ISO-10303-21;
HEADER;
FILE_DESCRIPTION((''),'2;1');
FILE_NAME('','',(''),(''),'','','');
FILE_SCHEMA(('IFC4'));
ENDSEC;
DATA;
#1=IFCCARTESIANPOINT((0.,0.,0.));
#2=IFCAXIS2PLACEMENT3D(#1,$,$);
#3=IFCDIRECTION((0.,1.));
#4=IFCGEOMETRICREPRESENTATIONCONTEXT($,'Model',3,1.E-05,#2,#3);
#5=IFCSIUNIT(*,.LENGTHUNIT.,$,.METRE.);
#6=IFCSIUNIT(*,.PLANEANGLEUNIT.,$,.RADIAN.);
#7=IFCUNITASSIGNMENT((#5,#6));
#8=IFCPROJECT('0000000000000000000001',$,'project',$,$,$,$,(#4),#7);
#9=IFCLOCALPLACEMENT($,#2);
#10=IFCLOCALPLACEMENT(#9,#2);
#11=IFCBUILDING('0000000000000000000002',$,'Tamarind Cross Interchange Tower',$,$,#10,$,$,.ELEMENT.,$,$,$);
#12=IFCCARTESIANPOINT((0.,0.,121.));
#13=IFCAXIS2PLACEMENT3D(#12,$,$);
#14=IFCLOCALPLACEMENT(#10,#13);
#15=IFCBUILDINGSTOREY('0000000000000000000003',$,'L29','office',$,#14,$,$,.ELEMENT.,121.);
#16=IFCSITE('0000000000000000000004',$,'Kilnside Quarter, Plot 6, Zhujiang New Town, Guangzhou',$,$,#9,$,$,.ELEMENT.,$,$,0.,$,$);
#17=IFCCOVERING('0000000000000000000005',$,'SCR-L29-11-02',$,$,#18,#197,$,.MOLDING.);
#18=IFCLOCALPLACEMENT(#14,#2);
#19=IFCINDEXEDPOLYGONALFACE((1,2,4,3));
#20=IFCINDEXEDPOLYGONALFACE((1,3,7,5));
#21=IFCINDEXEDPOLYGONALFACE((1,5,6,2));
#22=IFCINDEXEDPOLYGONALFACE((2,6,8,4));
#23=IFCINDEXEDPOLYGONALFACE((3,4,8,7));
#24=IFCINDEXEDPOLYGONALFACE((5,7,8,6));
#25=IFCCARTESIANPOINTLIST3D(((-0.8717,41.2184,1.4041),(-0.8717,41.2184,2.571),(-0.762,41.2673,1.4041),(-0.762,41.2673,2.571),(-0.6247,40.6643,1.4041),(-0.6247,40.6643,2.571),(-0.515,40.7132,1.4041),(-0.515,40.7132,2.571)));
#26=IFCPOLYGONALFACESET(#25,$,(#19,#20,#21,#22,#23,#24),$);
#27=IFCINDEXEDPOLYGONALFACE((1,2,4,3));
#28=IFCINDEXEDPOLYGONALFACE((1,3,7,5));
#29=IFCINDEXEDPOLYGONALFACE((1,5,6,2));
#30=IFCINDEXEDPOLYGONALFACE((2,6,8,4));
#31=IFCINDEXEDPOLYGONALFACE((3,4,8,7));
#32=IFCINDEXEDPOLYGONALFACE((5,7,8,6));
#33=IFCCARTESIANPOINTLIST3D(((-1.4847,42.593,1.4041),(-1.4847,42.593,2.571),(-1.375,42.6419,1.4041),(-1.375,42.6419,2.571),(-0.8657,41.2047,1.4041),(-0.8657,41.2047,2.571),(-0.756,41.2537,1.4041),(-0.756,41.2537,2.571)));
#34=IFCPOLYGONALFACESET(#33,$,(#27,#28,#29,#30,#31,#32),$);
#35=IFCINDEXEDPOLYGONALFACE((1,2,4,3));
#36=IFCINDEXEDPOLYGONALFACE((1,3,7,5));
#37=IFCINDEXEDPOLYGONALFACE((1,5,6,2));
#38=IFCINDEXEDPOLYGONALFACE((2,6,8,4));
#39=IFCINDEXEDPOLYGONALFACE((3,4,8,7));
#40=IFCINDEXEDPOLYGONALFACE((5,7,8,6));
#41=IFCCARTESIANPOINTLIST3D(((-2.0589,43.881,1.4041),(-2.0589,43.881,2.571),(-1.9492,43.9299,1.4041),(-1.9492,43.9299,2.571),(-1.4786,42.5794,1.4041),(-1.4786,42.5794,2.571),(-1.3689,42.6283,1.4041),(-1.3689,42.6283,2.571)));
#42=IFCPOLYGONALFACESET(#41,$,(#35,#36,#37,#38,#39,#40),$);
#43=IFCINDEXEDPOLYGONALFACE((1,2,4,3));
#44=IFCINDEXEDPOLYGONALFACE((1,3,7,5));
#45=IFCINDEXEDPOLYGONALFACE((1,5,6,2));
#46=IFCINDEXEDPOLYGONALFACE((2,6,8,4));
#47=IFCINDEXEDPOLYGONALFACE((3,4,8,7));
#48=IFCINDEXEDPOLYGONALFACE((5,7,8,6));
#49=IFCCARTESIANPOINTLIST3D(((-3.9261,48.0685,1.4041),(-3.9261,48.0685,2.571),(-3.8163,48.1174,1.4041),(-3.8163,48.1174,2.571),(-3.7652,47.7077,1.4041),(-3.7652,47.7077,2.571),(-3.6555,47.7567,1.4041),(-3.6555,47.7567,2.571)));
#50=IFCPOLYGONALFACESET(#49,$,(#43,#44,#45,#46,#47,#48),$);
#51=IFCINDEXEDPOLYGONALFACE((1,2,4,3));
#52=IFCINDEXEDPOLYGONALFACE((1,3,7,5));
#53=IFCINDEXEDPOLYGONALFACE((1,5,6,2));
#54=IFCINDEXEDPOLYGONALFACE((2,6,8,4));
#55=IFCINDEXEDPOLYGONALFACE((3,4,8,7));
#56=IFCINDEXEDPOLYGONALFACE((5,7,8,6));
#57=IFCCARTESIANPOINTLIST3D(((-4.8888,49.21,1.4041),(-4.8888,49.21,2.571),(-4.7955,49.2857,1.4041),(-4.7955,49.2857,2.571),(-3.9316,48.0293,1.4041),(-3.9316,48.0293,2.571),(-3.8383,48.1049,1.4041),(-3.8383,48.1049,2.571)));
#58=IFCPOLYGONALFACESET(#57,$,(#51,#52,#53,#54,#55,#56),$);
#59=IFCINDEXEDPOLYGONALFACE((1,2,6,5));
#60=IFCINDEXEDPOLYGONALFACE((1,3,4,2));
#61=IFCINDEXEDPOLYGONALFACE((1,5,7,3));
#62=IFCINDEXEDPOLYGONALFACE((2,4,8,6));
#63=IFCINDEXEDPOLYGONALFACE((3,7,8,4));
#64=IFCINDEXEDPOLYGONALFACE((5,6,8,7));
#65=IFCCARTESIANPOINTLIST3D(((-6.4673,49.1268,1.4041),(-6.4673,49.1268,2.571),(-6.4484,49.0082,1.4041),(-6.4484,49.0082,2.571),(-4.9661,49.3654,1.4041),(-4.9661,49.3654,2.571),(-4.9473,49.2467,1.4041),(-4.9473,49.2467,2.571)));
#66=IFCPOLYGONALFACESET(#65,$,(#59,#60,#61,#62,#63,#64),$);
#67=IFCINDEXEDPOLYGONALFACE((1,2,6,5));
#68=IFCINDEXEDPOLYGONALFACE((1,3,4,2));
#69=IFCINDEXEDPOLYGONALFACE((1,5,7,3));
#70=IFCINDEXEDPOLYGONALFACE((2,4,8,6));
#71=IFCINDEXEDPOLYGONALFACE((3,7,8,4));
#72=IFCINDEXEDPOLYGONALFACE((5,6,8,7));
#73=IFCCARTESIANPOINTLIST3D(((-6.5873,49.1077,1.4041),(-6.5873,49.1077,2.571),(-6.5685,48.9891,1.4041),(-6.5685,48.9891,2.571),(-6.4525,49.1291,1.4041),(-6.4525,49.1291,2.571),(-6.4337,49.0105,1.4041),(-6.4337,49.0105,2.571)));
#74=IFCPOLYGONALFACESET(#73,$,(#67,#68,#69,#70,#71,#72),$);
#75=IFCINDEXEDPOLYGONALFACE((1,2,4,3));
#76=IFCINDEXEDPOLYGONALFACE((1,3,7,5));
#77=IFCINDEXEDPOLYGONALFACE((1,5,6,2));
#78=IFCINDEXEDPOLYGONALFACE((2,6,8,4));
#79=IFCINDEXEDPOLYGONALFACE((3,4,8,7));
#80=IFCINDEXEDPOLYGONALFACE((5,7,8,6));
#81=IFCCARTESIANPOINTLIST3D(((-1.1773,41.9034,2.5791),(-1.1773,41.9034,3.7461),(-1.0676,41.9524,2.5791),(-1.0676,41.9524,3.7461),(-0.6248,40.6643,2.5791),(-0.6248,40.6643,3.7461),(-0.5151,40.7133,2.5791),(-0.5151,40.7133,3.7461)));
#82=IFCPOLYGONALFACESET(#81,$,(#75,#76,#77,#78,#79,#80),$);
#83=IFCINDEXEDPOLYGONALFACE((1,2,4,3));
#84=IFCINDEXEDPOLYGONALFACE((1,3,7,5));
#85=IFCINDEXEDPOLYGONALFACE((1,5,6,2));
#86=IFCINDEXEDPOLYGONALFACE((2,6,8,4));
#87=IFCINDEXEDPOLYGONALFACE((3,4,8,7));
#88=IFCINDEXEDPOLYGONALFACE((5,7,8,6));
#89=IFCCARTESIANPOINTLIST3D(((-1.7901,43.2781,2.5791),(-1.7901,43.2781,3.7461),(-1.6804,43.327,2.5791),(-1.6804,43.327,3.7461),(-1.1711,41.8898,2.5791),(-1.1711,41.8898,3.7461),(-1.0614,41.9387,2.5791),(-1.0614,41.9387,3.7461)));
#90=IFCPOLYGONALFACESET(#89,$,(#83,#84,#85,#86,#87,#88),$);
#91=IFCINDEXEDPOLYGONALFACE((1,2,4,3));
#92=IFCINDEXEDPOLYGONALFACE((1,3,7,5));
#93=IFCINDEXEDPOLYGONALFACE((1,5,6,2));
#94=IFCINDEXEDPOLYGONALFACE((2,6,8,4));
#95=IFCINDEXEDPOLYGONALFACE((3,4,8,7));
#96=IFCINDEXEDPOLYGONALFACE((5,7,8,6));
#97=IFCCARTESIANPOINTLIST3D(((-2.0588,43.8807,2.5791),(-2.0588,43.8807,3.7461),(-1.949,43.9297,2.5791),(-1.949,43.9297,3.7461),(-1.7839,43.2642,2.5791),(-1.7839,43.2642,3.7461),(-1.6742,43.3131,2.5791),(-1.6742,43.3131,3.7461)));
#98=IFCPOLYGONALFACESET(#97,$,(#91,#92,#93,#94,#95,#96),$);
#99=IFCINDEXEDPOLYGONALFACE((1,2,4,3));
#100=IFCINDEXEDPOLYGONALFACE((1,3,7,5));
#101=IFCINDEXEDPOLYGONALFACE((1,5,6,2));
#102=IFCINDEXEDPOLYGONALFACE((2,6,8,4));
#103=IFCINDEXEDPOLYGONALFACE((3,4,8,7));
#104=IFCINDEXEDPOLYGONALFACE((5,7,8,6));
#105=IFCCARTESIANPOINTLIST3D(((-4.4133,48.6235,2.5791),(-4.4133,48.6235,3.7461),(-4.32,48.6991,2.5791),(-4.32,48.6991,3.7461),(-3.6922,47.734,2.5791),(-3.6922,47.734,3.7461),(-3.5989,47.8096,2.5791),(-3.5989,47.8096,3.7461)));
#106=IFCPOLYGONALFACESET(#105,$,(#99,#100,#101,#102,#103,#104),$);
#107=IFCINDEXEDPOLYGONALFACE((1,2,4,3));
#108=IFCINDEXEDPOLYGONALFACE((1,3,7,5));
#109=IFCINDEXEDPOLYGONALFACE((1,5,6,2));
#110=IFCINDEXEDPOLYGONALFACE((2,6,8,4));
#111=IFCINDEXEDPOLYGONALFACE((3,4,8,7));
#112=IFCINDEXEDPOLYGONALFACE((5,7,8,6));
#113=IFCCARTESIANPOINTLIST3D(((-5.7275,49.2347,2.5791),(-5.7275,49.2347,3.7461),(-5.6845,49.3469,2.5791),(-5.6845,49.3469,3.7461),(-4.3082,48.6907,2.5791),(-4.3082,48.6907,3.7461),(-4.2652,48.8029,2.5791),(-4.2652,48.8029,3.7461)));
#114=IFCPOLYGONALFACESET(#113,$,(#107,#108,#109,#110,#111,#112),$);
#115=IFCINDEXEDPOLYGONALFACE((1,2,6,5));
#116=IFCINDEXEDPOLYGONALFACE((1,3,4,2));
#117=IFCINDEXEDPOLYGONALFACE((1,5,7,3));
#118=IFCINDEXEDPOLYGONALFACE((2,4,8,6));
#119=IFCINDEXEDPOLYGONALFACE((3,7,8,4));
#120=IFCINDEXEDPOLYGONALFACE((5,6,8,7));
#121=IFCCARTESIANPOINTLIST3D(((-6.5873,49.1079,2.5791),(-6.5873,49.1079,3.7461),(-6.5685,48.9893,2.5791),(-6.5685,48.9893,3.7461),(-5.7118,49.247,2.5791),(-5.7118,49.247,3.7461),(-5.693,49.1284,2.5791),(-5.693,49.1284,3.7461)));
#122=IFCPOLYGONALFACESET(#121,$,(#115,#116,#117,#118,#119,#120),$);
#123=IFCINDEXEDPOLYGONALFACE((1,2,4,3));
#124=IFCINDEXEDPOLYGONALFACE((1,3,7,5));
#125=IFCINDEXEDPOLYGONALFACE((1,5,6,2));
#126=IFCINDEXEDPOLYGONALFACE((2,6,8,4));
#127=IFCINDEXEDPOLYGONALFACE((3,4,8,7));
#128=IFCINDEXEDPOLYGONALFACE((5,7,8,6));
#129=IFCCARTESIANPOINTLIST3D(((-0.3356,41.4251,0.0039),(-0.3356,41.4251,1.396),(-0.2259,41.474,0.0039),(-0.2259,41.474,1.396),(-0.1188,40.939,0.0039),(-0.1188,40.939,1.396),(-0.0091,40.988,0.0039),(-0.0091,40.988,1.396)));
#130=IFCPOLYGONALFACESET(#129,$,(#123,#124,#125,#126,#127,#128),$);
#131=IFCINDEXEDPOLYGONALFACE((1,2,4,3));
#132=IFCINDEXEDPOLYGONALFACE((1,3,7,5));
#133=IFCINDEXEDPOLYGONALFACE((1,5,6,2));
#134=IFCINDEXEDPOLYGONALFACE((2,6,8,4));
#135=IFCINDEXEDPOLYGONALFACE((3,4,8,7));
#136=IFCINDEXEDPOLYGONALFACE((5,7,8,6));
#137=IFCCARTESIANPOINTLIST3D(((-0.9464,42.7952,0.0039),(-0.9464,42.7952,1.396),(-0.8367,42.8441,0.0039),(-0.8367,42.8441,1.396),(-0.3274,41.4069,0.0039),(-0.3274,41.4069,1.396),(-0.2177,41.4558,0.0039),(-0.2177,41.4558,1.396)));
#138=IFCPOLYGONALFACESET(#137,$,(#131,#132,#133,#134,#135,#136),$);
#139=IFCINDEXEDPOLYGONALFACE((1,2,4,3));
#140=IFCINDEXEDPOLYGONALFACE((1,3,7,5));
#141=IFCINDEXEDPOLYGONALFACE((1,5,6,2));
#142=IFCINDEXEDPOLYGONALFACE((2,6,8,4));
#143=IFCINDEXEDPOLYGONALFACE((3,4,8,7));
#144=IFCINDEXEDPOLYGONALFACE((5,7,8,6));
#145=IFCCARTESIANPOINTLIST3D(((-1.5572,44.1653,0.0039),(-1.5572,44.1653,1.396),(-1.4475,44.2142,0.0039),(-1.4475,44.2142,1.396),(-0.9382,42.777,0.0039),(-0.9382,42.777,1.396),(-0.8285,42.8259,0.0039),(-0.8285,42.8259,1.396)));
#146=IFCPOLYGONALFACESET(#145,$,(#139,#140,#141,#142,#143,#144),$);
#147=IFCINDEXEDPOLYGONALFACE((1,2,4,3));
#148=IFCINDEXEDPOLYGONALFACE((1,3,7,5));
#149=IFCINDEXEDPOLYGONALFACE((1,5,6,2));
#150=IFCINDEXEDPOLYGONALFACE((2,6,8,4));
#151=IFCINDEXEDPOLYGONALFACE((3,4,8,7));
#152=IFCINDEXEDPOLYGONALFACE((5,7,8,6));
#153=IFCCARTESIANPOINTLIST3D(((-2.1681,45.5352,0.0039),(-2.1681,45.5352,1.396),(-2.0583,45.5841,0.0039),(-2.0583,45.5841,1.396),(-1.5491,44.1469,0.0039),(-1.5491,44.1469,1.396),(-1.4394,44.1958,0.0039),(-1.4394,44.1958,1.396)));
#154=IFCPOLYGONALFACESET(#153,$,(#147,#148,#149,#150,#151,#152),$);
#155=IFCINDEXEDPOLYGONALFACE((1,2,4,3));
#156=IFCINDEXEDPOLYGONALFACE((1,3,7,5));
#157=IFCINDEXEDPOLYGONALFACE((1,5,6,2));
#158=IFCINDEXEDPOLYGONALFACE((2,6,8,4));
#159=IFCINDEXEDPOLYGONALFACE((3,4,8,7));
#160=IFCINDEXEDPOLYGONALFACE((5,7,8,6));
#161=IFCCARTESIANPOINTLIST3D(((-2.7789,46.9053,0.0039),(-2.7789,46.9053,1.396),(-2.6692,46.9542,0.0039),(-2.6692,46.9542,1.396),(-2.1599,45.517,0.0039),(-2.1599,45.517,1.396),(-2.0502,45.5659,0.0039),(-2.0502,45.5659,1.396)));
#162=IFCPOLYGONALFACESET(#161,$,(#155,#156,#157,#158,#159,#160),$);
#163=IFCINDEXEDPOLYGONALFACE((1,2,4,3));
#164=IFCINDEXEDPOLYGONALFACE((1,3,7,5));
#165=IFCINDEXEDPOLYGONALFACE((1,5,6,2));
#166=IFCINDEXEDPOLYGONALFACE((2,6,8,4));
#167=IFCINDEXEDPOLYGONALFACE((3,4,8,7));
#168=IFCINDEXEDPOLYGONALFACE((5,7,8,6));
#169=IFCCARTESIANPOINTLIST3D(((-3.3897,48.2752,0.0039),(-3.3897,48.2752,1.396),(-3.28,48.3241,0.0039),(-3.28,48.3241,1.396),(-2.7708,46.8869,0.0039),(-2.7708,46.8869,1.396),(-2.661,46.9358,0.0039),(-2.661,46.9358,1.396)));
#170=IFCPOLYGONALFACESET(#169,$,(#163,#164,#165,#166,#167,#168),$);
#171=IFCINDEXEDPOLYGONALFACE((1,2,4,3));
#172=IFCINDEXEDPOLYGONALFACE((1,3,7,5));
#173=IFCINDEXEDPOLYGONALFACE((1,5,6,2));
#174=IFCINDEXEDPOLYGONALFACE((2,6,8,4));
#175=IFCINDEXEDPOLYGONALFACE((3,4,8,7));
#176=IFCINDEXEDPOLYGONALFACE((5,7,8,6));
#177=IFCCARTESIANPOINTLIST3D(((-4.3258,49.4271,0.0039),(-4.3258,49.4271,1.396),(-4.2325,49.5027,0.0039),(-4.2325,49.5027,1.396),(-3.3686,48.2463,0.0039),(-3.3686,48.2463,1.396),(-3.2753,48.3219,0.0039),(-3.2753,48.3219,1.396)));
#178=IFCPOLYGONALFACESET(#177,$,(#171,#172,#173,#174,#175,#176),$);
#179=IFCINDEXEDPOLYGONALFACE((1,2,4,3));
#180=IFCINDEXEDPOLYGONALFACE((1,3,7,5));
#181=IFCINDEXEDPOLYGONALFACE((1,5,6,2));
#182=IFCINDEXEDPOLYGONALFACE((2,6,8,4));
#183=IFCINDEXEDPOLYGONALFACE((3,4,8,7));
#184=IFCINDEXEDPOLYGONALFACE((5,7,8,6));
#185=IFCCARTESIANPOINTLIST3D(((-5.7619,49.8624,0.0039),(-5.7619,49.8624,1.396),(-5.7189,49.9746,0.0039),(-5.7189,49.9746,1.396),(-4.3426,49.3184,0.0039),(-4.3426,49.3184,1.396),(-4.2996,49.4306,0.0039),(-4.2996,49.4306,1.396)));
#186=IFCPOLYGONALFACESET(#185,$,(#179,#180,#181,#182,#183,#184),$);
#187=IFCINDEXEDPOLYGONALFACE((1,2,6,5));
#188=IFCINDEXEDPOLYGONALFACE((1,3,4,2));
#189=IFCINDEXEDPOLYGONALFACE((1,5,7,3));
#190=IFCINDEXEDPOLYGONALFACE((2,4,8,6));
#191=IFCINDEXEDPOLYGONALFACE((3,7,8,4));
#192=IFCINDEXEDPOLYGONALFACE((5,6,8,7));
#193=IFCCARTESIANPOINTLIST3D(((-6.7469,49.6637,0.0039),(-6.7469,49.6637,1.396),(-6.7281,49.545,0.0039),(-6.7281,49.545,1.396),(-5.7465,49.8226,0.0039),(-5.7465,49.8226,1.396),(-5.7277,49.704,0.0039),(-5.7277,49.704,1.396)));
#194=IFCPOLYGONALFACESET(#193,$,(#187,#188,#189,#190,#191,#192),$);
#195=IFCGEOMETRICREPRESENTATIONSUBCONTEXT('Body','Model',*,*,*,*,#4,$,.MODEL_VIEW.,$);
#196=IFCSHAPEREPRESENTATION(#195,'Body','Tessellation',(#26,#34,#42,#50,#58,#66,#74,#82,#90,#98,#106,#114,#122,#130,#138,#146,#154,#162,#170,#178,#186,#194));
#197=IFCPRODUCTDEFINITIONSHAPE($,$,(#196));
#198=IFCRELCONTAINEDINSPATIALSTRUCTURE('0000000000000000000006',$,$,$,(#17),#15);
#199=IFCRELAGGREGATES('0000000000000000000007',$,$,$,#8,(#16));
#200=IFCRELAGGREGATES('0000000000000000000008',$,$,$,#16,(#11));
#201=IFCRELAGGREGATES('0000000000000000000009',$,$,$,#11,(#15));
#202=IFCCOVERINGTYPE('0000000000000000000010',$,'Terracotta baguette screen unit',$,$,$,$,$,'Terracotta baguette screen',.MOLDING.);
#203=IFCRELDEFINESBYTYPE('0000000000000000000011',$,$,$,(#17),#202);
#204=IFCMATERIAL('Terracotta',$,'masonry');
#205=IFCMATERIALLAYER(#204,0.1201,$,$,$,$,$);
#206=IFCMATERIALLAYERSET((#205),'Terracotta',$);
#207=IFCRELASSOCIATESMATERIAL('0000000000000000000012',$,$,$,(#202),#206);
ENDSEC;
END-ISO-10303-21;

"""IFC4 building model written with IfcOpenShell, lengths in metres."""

from ifc_helpers import new_model, si_unit, direction, frame, origin, origin_2d, place, context, subcontext, project, spatial, rectangle, extrude, material, layer, layer_set, type_object, element, save


model = new_model("IFC4")

# Units and contexts
model_context = context("Model", 3, precision=1e-05, world=origin(), true_north=direction((0.0, 1.0)))
body_context = subcontext(model_context, "Body", "Model", "MODEL_VIEW")
ifc_project = project(units=[si_unit("LENGTHUNIT", "METRE"), si_unit("PLANEANGLEUNIT", "RADIAN")], contexts=[model_context])

# Site, building, storey
site_placement = place(None, origin())
site = spatial("IfcSite", under=ifc_project, at=site_placement, Name="Kilnside Quarter, Plot 6, Zhujiang New Town, Guangzhou", CompositionType="ELEMENT", RefElevation=0.0)
building_placement = place(site_placement, origin())
building = spatial("IfcBuilding", under=site, at=building_placement, Name="Tamarind Cross Interchange Tower", CompositionType="ELEMENT")
storey_placement = place(building_placement, frame((0.0, 0.0, 121.0)))
storey = spatial("IfcBuildingStorey", under=building, at=storey_placement, Name="L29", Description="office", CompositionType="ELEMENT", Elevation=121.0)

# Covering
ifc_material_1 = material(Name="Terracotta", Category="masonry")
ifc_layer_1 = layer(ifc_material_1, 0.1201)
ifc_layer_set_1 = layer_set([ifc_layer_1], Name="Terracotta")
covering_type = type_object("IfcCoveringType", Name="Terracotta baguette screen unit", ElementType="Terracotta baguette screen", PredefinedType="MOLDING", material=ifc_layer_set_1)
covering_1_placement = place(storey_placement, origin())
element("IfcCovering", 1, at=covering_1_placement, inside=storey, type_object=covering_type, Name="SCR-L29-11-02", PredefinedType="MOLDING", context=body_context, shape_type="SweptSolid", body=[
    extrude(rectangle(XDim=0.6067, YDim=0.1201, at=origin_2d()), frame((-0.6934, 40.9658, 1.4041), z_axis=(0.0, 0.0, 1.0), x_axis=(-0.407221, 0.91333, 0.0)), (0.0, 0.0, 1.0), 1.167),
    extrude(rectangle(XDim=1.52, YDim=0.1201, at=origin_2d()), frame((-1.1204, 41.9233, 1.4041), z_axis=(0.0, 0.0, 1.0), x_axis=(-0.407221, 0.91333, 0.0)), (0.0, 0.0, 1.0), 1.167),
    extrude(rectangle(XDim=1.425, YDim=0.1201, at=origin_2d()), frame((-1.7139, 43.2546, 1.4041), z_axis=(0.0, 0.0, 1.0), x_axis=(-0.407221, 0.91333, 0.0)), (0.0, 0.0, 1.0), 1.167),
    extrude(rectangle(XDim=0.395, YDim=0.1201, at=origin_2d()), frame((-3.7908, 47.9126, 1.4041), z_axis=(0.0, 0.0, 1.0), x_axis=(-0.407221, 0.91333, 0.0)), (0.0, 0.0, 1.0), 1.167),
    extrude(rectangle(XDim=1.52, YDim=0.1201, at=origin_2d()), frame((-4.3635, 48.6575, 1.4041), z_axis=(0.0, 0.0, 1.0), x_axis=(-0.629733, 0.776812, 0.0)), (0.0, 0.0, 1.0), 1.167),
    extrude(rectangle(XDim=1.52, YDim=0.1201, at=origin_2d()), frame((-5.7073, 49.1868, 1.4041), z_axis=(0.0, 0.0, 1.0), x_axis=(-0.987605, -0.156958, 0.0)), (0.0, 0.0, 1.0), 1.167),
    extrude(rectangle(XDim=0.1365, YDim=0.1201, at=origin_2d()), frame((-6.5105, 49.0591, 1.4041), z_axis=(0.0, 0.0, 1.0), x_axis=(-0.987605, -0.156958, 0.0)), (0.0, 0.0, 1.0), 1.167),
    extrude(rectangle(XDim=1.3567, YDim=0.1201, at=origin_2d()), frame((-0.8462, 41.3083, 2.5791), z_axis=(0.0, 0.0, 1.0), x_axis=(-0.407221, 0.91333, 0.0)), (0.0, 0.0, 1.0), 1.167),
    extrude(rectangle(XDim=1.52, YDim=0.1201, at=origin_2d()), frame((-1.4258, 42.6084, 2.5791), z_axis=(0.0, 0.0, 1.0), x_axis=(-0.407221, 0.91333, 0.0)), (0.0, 0.0, 1.0), 1.167),
    extrude(rectangle(XDim=0.675, YDim=0.1201, at=origin_2d()), frame((-1.8665, 43.5969, 2.5791), z_axis=(0.0, 0.0, 1.0), x_axis=(-0.407221, 0.91333, 0.0)), (0.0, 0.0, 1.0), 1.167),
    extrude(rectangle(XDim=1.145, YDim=0.1201, at=origin_2d()), frame((-4.0061, 48.2166, 2.5791), z_axis=(0.0, 0.0, 1.0), x_axis=(-0.629733, 0.776812, 0.0)), (0.0, 0.0, 1.0), 1.167),
    extrude(rectangle(XDim=1.52, YDim=0.1201, at=origin_2d()), frame((-4.9963, 49.0188, 2.5791), z_axis=(0.0, 0.0, 1.0), x_axis=(-0.93377, 0.357873, 0.0)), (0.0, 0.0, 1.0), 1.167),
    extrude(rectangle(XDim=0.8865, YDim=0.1201, at=origin_2d()), frame((-6.1401, 49.1182, 2.5791), z_axis=(0.0, 0.0, 1.0), x_axis=(-0.987605, -0.156958, 0.0)), (0.0, 0.0, 1.0), 1.167),
    extrude(rectangle(XDim=0.5322, YDim=0.1201, at=origin_2d()), frame((-0.1724, 41.2065, 0.0039), z_axis=(0.0, 0.0, 1.0), x_axis=(-0.407221, 0.91333, 0.0)), (0.0, 0.0, 1.0), 1.3921),
    extrude(rectangle(XDim=1.52, YDim=0.1201, at=origin_2d()), frame((-0.582, 42.1255, 0.0039), z_axis=(0.0, 0.0, 1.0), x_axis=(-0.407221, 0.91333, 0.0)), (0.0, 0.0, 1.0), 1.3921),
    extrude(rectangle(XDim=1.52, YDim=0.1201, at=origin_2d()), frame((-1.1929, 43.4956, 0.0039), z_axis=(0.0, 0.0, 1.0), x_axis=(-0.407221, 0.91333, 0.0)), (0.0, 0.0, 1.0), 1.3921),
    extrude(rectangle(XDim=1.52, YDim=0.1201, at=origin_2d()), frame((-1.8037, 44.8655, 0.0039), z_axis=(0.0, 0.0, 1.0), x_axis=(-0.407221, 0.91333, 0.0)), (0.0, 0.0, 1.0), 1.3921),
    extrude(rectangle(XDim=1.52, YDim=0.1201, at=origin_2d()), frame((-2.4146, 46.2356, 0.0039), z_axis=(0.0, 0.0, 1.0), x_axis=(-0.407221, 0.91333, 0.0)), (0.0, 0.0, 1.0), 1.3921),
    extrude(rectangle(XDim=1.52, YDim=0.1201, at=origin_2d()), frame((-3.0254, 47.6055, 0.0039), z_axis=(0.0, 0.0, 1.0), x_axis=(-0.407221, 0.91333, 0.0)), (0.0, 0.0, 1.0), 1.3921),
    extrude(rectangle(XDim=1.52, YDim=0.1201, at=origin_2d()), frame((-3.8005, 48.8745, 0.0039), z_axis=(0.0, 0.0, 1.0), x_axis=(-0.629733, 0.776812, 0.0)), (0.0, 0.0, 1.0), 1.3921),
    extrude(rectangle(XDim=1.52, YDim=0.1201, at=origin_2d()), frame((-5.0308, 49.6465, 0.0039), z_axis=(0.0, 0.0, 1.0), x_axis=(-0.93377, 0.357873, 0.0)), (0.0, 0.0, 1.0), 1.3921),
    extrude(rectangle(XDim=1.0129, YDim=0.1201, at=origin_2d()), frame((-6.2373, 49.6838, 0.0039), z_axis=(0.0, 0.0, 1.0), x_axis=(-0.987605, -0.156958, 0.0)), (0.0, 0.0, 1.0), 1.3921),
])

save(model, "model.ifc")
